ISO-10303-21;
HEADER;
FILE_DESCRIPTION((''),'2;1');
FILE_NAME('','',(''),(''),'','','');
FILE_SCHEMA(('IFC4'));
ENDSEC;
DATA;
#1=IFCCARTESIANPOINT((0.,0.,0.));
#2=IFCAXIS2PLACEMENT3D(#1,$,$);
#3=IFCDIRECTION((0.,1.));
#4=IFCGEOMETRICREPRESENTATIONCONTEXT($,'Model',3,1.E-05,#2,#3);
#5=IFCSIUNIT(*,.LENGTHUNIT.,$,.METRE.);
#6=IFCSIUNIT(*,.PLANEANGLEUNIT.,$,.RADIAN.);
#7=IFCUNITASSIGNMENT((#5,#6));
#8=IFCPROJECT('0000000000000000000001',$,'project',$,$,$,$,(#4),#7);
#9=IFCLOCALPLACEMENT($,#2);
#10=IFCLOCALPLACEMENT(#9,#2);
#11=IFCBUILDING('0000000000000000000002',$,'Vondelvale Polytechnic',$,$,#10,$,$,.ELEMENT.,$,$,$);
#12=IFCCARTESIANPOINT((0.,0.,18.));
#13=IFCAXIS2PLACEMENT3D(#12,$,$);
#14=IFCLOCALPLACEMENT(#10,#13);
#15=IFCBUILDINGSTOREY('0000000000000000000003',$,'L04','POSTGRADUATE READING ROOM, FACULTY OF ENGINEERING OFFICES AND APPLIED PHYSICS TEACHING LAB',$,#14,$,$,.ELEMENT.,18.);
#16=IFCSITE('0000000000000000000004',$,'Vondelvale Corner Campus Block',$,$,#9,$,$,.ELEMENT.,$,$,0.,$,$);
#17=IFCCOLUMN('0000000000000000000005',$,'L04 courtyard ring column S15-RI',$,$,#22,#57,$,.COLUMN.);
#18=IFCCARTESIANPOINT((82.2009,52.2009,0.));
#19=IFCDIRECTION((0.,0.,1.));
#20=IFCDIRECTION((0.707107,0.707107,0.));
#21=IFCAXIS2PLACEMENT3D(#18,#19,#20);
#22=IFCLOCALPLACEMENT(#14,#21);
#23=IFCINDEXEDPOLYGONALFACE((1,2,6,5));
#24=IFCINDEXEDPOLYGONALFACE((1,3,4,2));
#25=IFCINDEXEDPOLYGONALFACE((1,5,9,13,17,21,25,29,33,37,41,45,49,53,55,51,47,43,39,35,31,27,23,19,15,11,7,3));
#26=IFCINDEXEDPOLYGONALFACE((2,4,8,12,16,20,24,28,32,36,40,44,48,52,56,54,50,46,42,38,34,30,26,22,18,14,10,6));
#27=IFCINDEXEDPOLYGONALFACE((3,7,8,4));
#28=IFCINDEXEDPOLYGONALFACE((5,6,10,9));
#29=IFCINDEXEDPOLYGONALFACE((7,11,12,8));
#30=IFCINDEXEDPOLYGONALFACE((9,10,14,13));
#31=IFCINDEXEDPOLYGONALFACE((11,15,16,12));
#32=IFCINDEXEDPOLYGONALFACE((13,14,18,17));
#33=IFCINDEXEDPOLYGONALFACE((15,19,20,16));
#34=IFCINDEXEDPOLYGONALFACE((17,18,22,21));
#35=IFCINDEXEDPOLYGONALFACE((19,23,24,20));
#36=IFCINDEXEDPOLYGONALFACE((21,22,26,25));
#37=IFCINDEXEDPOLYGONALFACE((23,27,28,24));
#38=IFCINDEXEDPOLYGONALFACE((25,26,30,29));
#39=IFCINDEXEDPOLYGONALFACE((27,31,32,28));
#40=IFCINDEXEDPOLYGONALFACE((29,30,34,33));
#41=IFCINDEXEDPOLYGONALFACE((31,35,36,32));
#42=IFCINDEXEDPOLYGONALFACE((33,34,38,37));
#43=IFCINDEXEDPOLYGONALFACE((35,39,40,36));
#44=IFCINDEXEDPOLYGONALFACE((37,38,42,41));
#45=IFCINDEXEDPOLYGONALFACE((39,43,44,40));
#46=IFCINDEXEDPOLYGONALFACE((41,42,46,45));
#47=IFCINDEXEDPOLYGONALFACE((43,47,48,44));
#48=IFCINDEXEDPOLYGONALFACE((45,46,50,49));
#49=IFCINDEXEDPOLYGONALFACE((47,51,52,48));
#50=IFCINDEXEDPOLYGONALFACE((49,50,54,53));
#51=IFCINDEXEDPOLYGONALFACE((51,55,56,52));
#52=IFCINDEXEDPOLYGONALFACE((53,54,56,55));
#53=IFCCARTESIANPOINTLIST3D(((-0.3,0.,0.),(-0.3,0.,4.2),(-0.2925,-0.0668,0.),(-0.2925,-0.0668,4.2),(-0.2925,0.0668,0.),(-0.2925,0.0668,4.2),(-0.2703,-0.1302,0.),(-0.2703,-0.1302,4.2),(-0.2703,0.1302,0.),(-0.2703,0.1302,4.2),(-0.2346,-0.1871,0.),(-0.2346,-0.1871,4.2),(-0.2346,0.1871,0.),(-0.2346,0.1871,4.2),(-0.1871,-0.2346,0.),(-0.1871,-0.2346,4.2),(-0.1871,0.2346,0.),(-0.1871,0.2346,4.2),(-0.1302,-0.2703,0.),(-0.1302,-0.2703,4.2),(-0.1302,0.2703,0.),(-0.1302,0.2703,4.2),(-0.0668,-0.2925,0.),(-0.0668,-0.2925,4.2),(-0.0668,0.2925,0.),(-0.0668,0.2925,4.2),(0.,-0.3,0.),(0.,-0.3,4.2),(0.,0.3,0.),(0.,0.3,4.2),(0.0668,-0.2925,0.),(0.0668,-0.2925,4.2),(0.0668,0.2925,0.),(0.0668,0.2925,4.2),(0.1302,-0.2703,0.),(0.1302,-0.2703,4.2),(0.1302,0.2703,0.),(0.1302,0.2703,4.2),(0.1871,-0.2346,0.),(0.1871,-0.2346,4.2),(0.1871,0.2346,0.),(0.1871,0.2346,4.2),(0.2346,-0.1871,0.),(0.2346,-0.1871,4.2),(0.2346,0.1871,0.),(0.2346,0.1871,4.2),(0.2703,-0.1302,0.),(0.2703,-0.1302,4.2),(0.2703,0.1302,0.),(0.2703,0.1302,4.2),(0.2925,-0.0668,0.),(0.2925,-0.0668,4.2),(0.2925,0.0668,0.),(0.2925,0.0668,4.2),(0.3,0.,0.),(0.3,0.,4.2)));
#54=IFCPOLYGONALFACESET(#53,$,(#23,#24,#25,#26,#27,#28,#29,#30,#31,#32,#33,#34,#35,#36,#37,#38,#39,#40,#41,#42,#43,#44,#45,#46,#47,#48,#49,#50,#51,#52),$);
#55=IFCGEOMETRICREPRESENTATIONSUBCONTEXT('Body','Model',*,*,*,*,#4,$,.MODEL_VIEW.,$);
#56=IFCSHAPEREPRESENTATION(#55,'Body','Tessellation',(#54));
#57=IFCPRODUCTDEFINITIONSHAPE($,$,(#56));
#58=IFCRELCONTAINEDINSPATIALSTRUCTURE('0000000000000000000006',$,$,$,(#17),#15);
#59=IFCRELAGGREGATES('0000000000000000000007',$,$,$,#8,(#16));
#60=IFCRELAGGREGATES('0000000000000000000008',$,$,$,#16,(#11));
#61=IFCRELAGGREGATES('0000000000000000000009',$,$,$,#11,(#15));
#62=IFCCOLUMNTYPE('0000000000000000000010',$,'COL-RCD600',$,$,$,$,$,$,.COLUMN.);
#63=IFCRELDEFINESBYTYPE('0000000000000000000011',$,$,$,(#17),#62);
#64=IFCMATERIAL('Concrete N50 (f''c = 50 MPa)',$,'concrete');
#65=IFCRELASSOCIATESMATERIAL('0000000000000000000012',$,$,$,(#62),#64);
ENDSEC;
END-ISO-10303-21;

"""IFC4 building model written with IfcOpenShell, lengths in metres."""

from ifc_helpers import new_model, si_unit, direction, frame, origin, origin_2d, place, context, subcontext, project, spatial, circle, extrude, material, material_profile, profile_set, type_object, element, save


model = new_model("IFC4")

# Units and contexts
model_context = context("Model", 3, precision=1e-05, world=origin(), true_north=direction((0.0, 1.0)))
body_context = subcontext(model_context, "Body", "Model", "MODEL_VIEW")
ifc_project = project(units=[si_unit("LENGTHUNIT", "METRE"), si_unit("PLANEANGLEUNIT", "RADIAN")], contexts=[model_context])

# Site, building, storey
site_placement = place(None, origin())
site = spatial("IfcSite", under=ifc_project, at=site_placement, Name="Vondelvale Corner Campus Block", CompositionType="ELEMENT", RefElevation=0.0)
building_placement = place(site_placement, origin())
building = spatial("IfcBuilding", under=site, at=building_placement, Name="Vondelvale Polytechnic", CompositionType="ELEMENT")
storey_placement = place(building_placement, frame((0.0, 0.0, 18.0)))
storey = spatial("IfcBuildingStorey", under=building, at=storey_placement, Name="L04", Description="POSTGRADUATE READING ROOM, FACULTY OF ENGINEERING OFFICES AND APPLIED PHYSICS TEACHING LAB", CompositionType="ELEMENT", Elevation=18.0)

# Column
ifc_material_1 = material(Name="Concrete N50 (f'c = 50 MPa)", Category="concrete")
ifc_material_profile_1 = material_profile(ifc_material_1, circle(Radius=0.3, at=origin_2d()), Name="RC-COL-D600")
ifc_profile_set_1 = profile_set([ifc_material_profile_1], Name="Concrete N50 (f'c = 50 MPa)")
column_type_1 = type_object("IfcColumnType", Name="COL-RCD600", PredefinedType="COLUMN", material=ifc_profile_set_1)
column_1_placement = place(storey_placement, frame((82.2009, 52.2009, 0.0), z_axis=(0.0, 0.0, 1.0), x_axis=(0.707107, 0.707107, 0.0)))
element("IfcColumn", 1, at=column_1_placement, inside=storey, type_object=column_type_1, Name="L04 courtyard ring column S15-RI", PredefinedType="COLUMN", context=body_context, shape_type="SweptSolid", body=[
    extrude(circle(Radius=0.3, at=origin_2d()), origin(), (0.0, 0.0, 1.0), 4.2),
])

save(model, "model.ifc")
